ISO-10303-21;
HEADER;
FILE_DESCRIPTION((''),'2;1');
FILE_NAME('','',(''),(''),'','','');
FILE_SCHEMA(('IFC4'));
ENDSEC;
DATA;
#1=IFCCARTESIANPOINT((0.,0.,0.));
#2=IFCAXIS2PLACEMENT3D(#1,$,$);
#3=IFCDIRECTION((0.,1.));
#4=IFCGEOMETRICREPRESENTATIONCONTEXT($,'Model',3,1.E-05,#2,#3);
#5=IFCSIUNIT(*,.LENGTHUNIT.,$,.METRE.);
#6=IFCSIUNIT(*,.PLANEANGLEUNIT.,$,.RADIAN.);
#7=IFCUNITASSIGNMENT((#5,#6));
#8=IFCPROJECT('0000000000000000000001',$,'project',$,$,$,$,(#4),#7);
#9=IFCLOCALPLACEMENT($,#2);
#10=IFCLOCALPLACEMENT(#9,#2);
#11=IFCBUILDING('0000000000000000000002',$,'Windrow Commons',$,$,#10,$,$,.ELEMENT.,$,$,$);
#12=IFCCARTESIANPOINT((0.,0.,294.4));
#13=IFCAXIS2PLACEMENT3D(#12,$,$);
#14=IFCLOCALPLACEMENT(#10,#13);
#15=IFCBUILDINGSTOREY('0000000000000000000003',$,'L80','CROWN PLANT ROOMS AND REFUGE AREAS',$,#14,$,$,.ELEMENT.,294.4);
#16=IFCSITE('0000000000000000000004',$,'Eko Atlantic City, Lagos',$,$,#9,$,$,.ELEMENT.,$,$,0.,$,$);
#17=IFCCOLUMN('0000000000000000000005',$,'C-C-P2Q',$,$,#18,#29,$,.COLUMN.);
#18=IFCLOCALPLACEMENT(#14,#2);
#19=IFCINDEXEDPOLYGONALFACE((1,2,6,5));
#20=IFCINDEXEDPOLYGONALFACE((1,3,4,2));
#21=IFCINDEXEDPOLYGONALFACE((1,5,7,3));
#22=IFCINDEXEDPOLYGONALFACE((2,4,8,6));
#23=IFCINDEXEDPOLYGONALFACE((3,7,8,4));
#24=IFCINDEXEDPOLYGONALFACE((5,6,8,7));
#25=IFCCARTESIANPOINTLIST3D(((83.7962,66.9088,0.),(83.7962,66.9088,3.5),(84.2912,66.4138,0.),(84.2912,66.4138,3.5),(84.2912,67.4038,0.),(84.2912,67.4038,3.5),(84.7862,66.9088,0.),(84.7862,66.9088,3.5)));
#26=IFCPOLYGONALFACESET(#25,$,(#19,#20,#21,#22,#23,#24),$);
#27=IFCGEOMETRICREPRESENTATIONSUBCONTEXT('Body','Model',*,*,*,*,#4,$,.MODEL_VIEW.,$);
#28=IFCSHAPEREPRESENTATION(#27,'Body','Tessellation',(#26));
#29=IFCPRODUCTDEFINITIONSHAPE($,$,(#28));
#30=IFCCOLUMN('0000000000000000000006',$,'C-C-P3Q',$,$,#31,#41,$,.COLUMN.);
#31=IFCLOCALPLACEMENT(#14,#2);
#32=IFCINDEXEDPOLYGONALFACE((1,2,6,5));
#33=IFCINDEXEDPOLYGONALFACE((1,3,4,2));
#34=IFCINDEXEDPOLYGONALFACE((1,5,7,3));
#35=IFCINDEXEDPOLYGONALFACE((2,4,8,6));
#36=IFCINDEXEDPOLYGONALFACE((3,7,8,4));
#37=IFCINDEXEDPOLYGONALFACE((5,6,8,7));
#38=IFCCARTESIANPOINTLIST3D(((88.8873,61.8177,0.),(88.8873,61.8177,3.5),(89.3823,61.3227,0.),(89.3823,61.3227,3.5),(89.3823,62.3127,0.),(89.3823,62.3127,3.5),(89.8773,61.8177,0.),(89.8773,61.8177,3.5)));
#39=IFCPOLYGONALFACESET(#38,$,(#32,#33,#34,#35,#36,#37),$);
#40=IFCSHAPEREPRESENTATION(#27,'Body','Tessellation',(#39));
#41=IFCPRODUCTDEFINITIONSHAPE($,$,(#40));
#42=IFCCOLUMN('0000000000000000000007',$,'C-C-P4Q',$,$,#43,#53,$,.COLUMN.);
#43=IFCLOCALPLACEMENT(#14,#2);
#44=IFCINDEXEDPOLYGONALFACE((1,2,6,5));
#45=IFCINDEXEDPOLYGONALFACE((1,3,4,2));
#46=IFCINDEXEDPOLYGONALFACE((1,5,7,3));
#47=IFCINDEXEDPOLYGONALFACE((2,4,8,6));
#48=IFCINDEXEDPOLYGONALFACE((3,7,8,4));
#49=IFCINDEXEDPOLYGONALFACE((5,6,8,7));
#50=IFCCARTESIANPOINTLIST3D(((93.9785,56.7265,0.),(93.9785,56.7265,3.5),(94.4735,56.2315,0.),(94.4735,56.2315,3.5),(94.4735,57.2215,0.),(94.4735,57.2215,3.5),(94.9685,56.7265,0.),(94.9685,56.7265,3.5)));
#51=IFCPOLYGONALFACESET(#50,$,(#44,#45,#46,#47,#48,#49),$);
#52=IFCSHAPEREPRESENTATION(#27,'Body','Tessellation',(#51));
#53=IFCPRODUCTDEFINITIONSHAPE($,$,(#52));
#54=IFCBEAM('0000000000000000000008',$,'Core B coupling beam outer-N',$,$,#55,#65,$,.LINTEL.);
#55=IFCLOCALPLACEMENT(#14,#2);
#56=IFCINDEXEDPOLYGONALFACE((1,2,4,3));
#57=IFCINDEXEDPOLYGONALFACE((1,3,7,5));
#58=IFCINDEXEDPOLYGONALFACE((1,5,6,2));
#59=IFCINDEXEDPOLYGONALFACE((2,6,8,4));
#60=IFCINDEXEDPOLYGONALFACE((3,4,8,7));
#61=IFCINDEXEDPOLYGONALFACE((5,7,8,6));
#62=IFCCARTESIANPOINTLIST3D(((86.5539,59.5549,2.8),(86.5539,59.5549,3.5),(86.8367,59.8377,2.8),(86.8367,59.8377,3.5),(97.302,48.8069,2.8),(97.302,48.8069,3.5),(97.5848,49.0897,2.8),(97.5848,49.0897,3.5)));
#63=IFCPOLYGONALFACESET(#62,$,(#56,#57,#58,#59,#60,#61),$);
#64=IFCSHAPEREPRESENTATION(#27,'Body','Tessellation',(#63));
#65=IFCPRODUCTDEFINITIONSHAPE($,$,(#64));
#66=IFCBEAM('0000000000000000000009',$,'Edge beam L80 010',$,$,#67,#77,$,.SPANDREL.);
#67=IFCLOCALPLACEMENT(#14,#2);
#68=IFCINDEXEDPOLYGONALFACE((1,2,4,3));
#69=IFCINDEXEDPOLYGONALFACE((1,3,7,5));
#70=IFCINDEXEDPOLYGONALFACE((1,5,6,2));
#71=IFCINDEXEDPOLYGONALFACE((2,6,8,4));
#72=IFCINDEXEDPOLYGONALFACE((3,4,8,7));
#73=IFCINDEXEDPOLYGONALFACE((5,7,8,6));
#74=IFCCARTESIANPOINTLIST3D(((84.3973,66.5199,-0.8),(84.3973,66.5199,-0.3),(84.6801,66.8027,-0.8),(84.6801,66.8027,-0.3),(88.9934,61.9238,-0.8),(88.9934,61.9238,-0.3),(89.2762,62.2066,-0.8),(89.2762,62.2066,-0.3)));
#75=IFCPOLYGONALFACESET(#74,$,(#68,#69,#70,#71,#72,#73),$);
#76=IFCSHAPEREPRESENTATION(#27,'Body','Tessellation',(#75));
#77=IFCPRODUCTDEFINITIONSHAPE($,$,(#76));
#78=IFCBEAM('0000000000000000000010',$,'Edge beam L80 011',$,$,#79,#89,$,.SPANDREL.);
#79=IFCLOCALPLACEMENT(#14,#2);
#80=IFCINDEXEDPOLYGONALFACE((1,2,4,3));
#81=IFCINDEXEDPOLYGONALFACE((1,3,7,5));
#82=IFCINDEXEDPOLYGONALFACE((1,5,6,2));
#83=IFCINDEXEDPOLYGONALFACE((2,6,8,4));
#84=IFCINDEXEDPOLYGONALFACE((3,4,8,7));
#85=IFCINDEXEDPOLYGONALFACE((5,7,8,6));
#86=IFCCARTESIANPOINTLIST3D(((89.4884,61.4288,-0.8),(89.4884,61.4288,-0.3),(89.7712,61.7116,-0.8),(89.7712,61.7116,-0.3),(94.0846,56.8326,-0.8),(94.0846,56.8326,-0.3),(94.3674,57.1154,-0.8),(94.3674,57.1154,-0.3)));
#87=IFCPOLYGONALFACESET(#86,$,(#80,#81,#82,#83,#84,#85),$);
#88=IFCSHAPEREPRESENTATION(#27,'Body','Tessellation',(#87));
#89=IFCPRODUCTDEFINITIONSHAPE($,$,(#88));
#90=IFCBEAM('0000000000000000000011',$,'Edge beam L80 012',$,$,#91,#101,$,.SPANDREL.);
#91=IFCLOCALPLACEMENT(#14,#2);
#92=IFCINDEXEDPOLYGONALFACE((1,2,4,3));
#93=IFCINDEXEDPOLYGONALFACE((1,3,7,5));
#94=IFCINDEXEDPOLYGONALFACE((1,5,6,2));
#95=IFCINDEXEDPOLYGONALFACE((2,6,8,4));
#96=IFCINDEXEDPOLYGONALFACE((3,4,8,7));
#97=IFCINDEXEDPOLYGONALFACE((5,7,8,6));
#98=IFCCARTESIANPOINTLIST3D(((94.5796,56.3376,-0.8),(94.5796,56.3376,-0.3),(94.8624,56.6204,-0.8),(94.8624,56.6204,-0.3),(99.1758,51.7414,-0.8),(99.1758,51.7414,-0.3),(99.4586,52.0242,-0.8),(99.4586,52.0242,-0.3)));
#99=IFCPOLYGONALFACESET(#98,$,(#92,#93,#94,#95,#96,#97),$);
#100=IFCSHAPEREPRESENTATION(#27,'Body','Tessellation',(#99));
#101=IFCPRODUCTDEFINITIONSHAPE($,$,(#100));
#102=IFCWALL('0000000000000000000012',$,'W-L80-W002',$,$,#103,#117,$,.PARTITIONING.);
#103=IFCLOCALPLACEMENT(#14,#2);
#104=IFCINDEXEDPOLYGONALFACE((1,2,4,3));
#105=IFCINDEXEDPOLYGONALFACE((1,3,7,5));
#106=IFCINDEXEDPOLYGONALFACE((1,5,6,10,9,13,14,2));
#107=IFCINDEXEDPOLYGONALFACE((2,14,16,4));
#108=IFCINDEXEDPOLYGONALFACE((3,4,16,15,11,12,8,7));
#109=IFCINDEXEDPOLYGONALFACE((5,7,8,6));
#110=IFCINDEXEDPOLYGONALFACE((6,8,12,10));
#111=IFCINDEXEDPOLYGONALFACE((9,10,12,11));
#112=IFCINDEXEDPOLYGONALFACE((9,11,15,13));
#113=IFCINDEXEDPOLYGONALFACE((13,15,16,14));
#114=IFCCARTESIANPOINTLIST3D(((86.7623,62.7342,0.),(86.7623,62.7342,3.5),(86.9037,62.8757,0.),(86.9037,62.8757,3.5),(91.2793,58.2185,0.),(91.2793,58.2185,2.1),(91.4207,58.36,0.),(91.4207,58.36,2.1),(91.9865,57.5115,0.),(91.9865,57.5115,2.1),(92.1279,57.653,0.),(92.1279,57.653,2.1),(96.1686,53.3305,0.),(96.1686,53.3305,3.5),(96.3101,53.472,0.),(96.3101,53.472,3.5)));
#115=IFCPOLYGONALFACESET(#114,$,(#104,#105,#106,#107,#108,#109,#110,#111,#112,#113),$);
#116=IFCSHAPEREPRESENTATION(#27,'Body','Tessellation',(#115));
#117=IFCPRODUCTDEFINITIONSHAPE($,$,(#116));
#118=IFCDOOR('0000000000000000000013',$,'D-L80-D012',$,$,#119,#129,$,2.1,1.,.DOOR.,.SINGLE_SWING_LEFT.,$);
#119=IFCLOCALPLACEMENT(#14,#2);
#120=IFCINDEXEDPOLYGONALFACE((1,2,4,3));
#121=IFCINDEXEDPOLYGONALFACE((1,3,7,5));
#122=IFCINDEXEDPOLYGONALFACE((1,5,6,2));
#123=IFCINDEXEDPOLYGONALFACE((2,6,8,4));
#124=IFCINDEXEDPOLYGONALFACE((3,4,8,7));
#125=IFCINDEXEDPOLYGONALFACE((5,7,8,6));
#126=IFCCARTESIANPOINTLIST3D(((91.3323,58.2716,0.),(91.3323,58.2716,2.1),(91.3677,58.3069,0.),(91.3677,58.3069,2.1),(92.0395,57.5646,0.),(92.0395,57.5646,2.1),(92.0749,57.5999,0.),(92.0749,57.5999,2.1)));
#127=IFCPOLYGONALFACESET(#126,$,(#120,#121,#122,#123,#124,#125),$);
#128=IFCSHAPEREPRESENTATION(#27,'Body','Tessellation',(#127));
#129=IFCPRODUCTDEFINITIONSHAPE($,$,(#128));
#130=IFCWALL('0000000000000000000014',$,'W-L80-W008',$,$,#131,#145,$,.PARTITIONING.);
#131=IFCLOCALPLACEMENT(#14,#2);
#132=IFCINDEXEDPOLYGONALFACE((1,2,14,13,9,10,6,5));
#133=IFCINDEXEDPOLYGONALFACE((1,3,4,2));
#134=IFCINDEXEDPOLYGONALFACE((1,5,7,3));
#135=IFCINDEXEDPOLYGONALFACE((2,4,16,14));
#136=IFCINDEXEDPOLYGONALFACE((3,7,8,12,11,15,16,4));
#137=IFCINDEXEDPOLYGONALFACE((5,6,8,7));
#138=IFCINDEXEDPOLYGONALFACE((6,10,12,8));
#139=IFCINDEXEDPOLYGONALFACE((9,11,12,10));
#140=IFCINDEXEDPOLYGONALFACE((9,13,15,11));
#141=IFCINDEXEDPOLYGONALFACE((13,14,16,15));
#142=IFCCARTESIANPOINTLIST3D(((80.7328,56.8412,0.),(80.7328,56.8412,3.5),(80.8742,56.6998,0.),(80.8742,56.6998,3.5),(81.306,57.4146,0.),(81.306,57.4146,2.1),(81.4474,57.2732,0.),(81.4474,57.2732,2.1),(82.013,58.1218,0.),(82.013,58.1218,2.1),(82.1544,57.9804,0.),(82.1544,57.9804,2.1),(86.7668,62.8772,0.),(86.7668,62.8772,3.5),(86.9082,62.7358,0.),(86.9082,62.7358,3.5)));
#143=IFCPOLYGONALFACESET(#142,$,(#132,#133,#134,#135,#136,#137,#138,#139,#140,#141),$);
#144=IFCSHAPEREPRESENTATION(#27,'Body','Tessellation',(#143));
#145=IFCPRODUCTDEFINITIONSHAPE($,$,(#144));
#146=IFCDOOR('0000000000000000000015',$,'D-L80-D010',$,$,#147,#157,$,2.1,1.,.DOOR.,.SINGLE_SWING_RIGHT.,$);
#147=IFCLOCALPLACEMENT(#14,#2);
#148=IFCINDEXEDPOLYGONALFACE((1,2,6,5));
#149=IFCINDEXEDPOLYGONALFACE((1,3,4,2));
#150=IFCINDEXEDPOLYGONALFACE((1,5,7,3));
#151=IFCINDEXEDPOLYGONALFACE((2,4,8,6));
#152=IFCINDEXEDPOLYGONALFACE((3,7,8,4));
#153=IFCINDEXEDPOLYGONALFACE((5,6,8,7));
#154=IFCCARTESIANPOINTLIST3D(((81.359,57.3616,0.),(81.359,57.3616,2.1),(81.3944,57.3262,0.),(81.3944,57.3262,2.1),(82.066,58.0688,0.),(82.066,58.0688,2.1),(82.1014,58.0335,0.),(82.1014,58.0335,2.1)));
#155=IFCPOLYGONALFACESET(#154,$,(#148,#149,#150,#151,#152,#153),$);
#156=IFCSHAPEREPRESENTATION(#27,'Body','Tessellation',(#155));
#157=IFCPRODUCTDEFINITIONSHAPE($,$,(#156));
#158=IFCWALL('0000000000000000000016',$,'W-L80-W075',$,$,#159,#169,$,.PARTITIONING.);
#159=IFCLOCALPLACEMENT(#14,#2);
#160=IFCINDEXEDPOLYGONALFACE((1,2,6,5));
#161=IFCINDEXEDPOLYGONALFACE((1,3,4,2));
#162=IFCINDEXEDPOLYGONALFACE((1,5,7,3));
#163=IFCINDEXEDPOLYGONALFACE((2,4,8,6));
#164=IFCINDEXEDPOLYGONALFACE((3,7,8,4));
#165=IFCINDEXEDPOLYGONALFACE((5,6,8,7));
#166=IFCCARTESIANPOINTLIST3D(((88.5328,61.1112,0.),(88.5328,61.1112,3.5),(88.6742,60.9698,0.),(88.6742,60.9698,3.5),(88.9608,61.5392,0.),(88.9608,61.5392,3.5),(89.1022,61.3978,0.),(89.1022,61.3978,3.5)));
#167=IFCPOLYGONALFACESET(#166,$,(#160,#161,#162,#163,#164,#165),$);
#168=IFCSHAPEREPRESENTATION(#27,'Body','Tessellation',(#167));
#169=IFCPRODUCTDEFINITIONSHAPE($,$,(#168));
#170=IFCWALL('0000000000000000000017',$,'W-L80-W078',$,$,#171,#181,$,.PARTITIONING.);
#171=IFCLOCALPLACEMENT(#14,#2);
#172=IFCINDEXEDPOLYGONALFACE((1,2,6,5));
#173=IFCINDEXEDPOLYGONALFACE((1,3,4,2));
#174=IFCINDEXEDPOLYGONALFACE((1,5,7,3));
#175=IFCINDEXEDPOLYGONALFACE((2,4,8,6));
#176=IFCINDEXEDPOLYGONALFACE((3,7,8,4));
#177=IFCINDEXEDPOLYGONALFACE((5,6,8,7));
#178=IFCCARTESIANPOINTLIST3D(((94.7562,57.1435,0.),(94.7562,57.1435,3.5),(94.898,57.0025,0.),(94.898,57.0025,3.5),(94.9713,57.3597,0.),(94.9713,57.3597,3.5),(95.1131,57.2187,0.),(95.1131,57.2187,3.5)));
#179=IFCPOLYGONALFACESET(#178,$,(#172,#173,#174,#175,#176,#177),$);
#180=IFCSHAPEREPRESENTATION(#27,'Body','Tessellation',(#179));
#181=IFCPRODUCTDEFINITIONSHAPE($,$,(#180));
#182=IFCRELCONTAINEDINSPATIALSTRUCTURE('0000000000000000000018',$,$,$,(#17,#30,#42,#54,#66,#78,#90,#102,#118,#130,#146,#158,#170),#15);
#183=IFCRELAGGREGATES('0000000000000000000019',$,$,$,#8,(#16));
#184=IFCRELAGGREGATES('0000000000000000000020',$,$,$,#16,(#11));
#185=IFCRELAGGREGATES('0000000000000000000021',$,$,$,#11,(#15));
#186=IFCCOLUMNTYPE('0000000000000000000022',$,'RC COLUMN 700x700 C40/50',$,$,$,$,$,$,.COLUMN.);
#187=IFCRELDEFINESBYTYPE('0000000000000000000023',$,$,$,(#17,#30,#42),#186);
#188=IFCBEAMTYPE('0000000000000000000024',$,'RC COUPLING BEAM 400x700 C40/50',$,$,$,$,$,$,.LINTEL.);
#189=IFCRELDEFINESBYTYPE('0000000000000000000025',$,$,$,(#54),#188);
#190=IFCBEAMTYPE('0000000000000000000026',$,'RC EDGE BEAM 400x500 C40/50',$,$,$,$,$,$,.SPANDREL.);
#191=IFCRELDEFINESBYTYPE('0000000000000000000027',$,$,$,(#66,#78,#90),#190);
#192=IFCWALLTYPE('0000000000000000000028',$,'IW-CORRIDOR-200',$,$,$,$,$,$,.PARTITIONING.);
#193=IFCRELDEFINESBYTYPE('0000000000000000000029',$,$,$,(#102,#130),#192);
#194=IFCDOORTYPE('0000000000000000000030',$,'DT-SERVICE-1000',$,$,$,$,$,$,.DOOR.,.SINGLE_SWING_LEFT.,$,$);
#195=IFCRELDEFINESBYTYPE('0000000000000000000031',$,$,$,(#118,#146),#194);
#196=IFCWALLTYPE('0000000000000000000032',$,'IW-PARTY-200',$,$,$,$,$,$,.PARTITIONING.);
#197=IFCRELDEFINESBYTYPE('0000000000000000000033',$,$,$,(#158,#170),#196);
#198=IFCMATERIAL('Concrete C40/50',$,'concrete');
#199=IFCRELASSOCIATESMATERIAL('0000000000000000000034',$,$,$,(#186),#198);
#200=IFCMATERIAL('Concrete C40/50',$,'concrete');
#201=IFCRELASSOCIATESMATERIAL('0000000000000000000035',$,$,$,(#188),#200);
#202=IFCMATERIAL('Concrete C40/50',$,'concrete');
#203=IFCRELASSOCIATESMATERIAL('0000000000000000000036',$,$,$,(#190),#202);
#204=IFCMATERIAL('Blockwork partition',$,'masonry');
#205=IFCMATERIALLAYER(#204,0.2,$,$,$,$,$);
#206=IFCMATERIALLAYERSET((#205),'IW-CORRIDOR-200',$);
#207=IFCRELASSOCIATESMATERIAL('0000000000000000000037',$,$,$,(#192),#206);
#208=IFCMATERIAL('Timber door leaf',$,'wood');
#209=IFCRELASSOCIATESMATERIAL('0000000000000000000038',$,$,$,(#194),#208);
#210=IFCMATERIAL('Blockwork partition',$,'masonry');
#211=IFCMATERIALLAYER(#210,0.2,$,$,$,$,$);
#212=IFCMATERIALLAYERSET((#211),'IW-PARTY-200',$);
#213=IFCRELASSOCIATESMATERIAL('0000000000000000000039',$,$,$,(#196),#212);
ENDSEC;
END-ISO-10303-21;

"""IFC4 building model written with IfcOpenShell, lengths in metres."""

from ifc_helpers import new_model, si_unit, direction, frame, frame_2d, origin, origin_2d, place, context, subcontext, project, spatial, polyline, rectangle, outline, extrude, material, layer, layer_set, material_profile, profile_set, type_object, element, fill, save


model = new_model("IFC4")

# Units and contexts
model_context = context("Model", 3, precision=1e-05, world=origin(), true_north=direction((0.0, 1.0)))
body_context = subcontext(model_context, "Body", "Model", "MODEL_VIEW")
ifc_project = project(units=[si_unit("LENGTHUNIT", "METRE"), si_unit("PLANEANGLEUNIT", "RADIAN")], contexts=[model_context])

# Site, building, storey
site_placement = place(None, origin())
site = spatial("IfcSite", under=ifc_project, at=site_placement, Name="Eko Atlantic City, Lagos", CompositionType="ELEMENT", RefElevation=0.0)
building_placement = place(site_placement, origin())
building = spatial("IfcBuilding", under=site, at=building_placement, Name="Windrow Commons", CompositionType="ELEMENT")
storey_placement = place(building_placement, frame((0.0, 0.0, 294.4)))
storey = spatial("IfcBuildingStorey", under=building, at=storey_placement, Name="L80", Description="CROWN PLANT ROOMS AND REFUGE AREAS", CompositionType="ELEMENT", Elevation=294.4)

# Columns
ifc_material_1 = material(Name="Concrete C40/50", Category="concrete")
ifc_material_profile_1 = material_profile(ifc_material_1, rectangle(XDim=0.7, YDim=0.7, at=origin_2d()))
ifc_profile_set_1 = profile_set([ifc_material_profile_1], Name="Concrete C40/50")
column_type = type_object("IfcColumnType", Name="RC COLUMN 700x700 C40/50", PredefinedType="COLUMN", material=ifc_profile_set_1)
for number, where, z_axis, x_axis, name in (
    (1, (84.2912, 66.9088, 0.0), (0.0, 0.0, 1.0), (0.707107, -0.707107, 0.0), "C-C-P2Q"),
    (2, (89.3823, 61.8177, 0.0), (0.0, 0.0, 1.0), (0.707107, -0.707107, 0.0), "C-C-P3Q"),
    (3, (94.4735, 56.7265, 0.0), (0.0, 0.0, 1.0), (0.707107, -0.707107, 0.0), "C-C-P4Q"),
):
    element("IfcColumn", number, at=place(storey_placement, frame(where, z_axis=z_axis, x_axis=x_axis)), inside=storey, type_object=column_type, Name=name, PredefinedType="COLUMN", context=body_context, shape_type="SweptSolid", body=[
        extrude(rectangle(XDim=0.7, YDim=0.7, at=origin_2d()), origin(), (0.0, 0.0, 1.0), 3.5),
    ])

# Beams
ifc_material_2 = material(Name="Concrete C40/50", Category="concrete")
ifc_material_profile_2 = material_profile(ifc_material_2, rectangle(XDim=0.4, YDim=0.7, at=origin_2d()))
ifc_profile_set_2 = profile_set([ifc_material_profile_2], Name="Concrete C40/50")
beam_type_1 = type_object("IfcBeamType", Name="RC COUPLING BEAM 400x700 C40/50", PredefinedType="LINTEL", material=ifc_profile_set_2)
beam_1_placement = place(storey_placement, frame((86.6953, 59.6963, 3.15), z_axis=(0.70711, -0.707103, 0.0), x_axis=(0.707103, 0.70711, 0.0)))
element("IfcBeam", 4, at=beam_1_placement, inside=storey, type_object=beam_type_1, Name="Core B coupling beam outer-N", PredefinedType="LINTEL", context=body_context, shape_type="SweptSolid", body=[
    extrude(rectangle(XDim=0.4, YDim=0.7, at=origin_2d()), origin(), (0.0, 0.0, 1.0), 15.2),
])
ifc_material_3 = material(Name="Concrete C40/50", Category="concrete")
ifc_material_profile_3 = material_profile(ifc_material_3, rectangle(XDim=0.4, YDim=0.5, at=origin_2d()))
ifc_profile_set_3 = profile_set([ifc_material_profile_3], Name="Concrete C40/50")
beam_type_2 = type_object("IfcBeamType", Name="RC EDGE BEAM 400x500 C40/50", PredefinedType="SPANDREL", material=ifc_profile_set_3)
beam_2_placement = place(storey_placement, frame((84.5387, 66.6613, -0.55), z_axis=(0.707107, -0.707107, 0.0), x_axis=(0.707107, 0.707107, 0.0)))
element("IfcBeam", 5, at=beam_2_placement, inside=storey, type_object=beam_type_2, Name="Edge beam L80 010", PredefinedType="SPANDREL", context=body_context, shape_type="SweptSolid", body=[
    extrude(rectangle(XDim=0.4, YDim=0.5, at=origin_2d()), origin(), (0.0, 0.0, 1.0), 6.4999),
])
for number, where, z_axis, x_axis, name in (
    (6, (89.6298, 61.5702, -0.55), (0.707107, -0.707107, 0.0), (0.707107, 0.707107, 0.0), "Edge beam L80 011"),
    (7, (94.721, 56.479, -0.55), (0.707107, -0.707107, 0.0), (0.707107, 0.707107, 0.0), "Edge beam L80 012"),
):
    element("IfcBeam", number, at=place(storey_placement, frame(where, z_axis=z_axis, x_axis=x_axis)), inside=storey, type_object=beam_type_2, Name=name, PredefinedType="SPANDREL", context=body_context, shape_type="SweptSolid", body=[
        extrude(rectangle(XDim=0.4, YDim=0.5, at=origin_2d()), origin(), (0.0, 0.0, 1.0), 6.5),
    ])

# Walls, openings, doors
ifc_material_4 = material(Name="Blockwork partition", Category="masonry")
ifc_layer_1 = layer(ifc_material_4, 0.2)
ifc_layer_set_1 = layer_set([ifc_layer_1], Name="IW-CORRIDOR-200")
wall_type_1 = type_object("IfcWallType", Name="IW-CORRIDOR-200", PredefinedType="PARTITIONING", material=ifc_layer_set_1)
wall_1_placement = place(storey_placement, frame((86.833, 62.805, 0.0), z_axis=(0.0, 0.0, 1.0), x_axis=(0.707205, -0.707009, 0.0)))
wall_1 = element("IfcWall", 8, at=wall_1_placement, inside=storey, type_object=wall_type_1, Name="W-L80-W002", PredefinedType="PARTITIONING", context=body_context, shape_type="SweptSolid", body=[
    extrude(rectangle(XDim=13.3007, YDim=0.2, at=frame_2d((6.6504, 0.0))), origin(), (0.0, 0.0, 1.0), 3.5),
])
opening_1_placement = place(wall_1_placement, frame((6.3871, 0.0, 0.0)))
opening_1 = element("IfcOpeningElement", 9, at=opening_1_placement, cuts=wall_1, PredefinedType="OPENING", context=body_context, shape_type="SweptSolid", body=[
    extrude(rectangle(XDim=1.0, YDim=2.1, at=frame_2d((0.5, 1.05))), frame((0.0, 0.11, 0.0), z_axis=(0.0, -1.0, 0.0), x_axis=(1.0, 0.0, 0.0)), (0.0, 0.0, 1.0), 0.22),
])
ifc_material_5 = material(Name="Timber door leaf", Category="wood")
door_type_1 = type_object("IfcDoorType", Name="DT-SERVICE-1000", OperationType="SINGLE_SWING_LEFT", PredefinedType="DOOR", material=ifc_material_5)
door_1_placement = place(opening_1_placement, origin())
door_1 = element("IfcDoor", 10, at=door_1_placement, inside=storey, type_object=door_type_1, Name="D-L80-D012", OperationType="SINGLE_SWING_LEFT", OverallHeight=2.1, OverallWidth=1.0, PredefinedType="DOOR", context=body_context, shape_type="SweptSolid", body=[
    extrude(rectangle(XDim=1.0, YDim=2.1, at=frame_2d((0.5, 1.05))), frame((0.0, 0.025, 0.0), z_axis=(0.0, -1.0, 0.0), x_axis=(1.0, 0.0, 0.0)), (0.0, 0.0, 1.0), 0.05),
])
fill(opening_1, door_1)
wall_2_placement = place(storey_placement, frame((80.8035, 56.7705, 0.0), z_axis=(0.0, 0.0, 1.0), x_axis=(0.70699, 0.707224, 0.0)))
wall_2 = element("IfcWall", 11, at=wall_2_placement, inside=storey, type_object=wall_type_1, Name="W-L80-W008", PredefinedType="PARTITIONING", context=body_context, shape_type="SweptSolid", body=[
    extrude(rectangle(XDim=8.5348, YDim=0.2, at=frame_2d((4.2674, 0.0))), origin(), (0.0, 0.0, 1.0), 3.5),
])
opening_2_placement = place(wall_2_placement, frame((0.8108, 0.0, 0.0)))
opening_2 = element("IfcOpeningElement", 12, at=opening_2_placement, cuts=wall_2, PredefinedType="OPENING", context=body_context, shape_type="SweptSolid", body=[
    extrude(rectangle(XDim=1.0, YDim=2.1, at=frame_2d((0.5, 1.05))), frame((0.0, 0.11, 0.0), z_axis=(0.0, -1.0, 0.0), x_axis=(1.0, 0.0, 0.0)), (0.0, 0.0, 1.0), 0.22),
])
door_2_placement = place(opening_2_placement, origin())
door_2 = element("IfcDoor", 13, at=door_2_placement, inside=storey, type_object=door_type_1, Name="D-L80-D010", OperationType="SINGLE_SWING_RIGHT", OverallHeight=2.1, OverallWidth=1.0, PredefinedType="DOOR", context=body_context, shape_type="SweptSolid", body=[
    extrude(rectangle(XDim=1.0, YDim=2.1, at=frame_2d((0.5, 1.05))), frame((0.0, 0.025, 0.0), z_axis=(0.0, -1.0, 0.0), x_axis=(1.0, 0.0, 0.0)), (0.0, 0.0, 1.0), 0.05),
])
fill(opening_2, door_2)

# Walls
ifc_material_6 = material(Name="Blockwork partition", Category="masonry")
ifc_layer_2 = layer(ifc_material_6, 0.2)
ifc_layer_set_2 = layer_set([ifc_layer_2], Name="IW-PARTY-200")
wall_type_2 = type_object("IfcWallType", Name="IW-PARTY-200", PredefinedType="PARTITIONING", material=ifc_layer_set_2)
wall_3_placement = place(storey_placement, frame((88.6035, 61.0405, 0.0), z_axis=(0.0, 0.0, 1.0), x_axis=(0.707107, 0.707107, 0.0)))
element("IfcWall", 14, at=wall_3_placement, inside=storey, type_object=wall_type_2, Name="W-L80-W075", PredefinedType="PARTITIONING", context=body_context, shape_type="SweptSolid", body=[
    extrude(rectangle(XDim=0.6053, YDim=0.2, at=frame_2d((0.3026, 0.0))), origin(), (0.0, 0.0, 1.0), 3.5),
])
wall_4_placement = place(storey_placement, frame((94.8271, 57.073, 0.0), z_axis=(0.0, 0.0, 1.0), x_axis=(0.705301, 0.708908, 0.0)))
element("IfcWall", 15, at=wall_4_placement, inside=storey, type_object=wall_type_2, Name="W-L80-W078", PredefinedType="PARTITIONING", context=body_context, shape_type="SweptSolid", body=[
    extrude(outline(polyline([(0.0, -0.1), (0.305, -0.1), (0.305, 0.1), (0.0, 0.1), (0.0, -0.1)])), origin(), (0.0, 0.0, 1.0), 3.5),
])

save(model, "model.ifc")
